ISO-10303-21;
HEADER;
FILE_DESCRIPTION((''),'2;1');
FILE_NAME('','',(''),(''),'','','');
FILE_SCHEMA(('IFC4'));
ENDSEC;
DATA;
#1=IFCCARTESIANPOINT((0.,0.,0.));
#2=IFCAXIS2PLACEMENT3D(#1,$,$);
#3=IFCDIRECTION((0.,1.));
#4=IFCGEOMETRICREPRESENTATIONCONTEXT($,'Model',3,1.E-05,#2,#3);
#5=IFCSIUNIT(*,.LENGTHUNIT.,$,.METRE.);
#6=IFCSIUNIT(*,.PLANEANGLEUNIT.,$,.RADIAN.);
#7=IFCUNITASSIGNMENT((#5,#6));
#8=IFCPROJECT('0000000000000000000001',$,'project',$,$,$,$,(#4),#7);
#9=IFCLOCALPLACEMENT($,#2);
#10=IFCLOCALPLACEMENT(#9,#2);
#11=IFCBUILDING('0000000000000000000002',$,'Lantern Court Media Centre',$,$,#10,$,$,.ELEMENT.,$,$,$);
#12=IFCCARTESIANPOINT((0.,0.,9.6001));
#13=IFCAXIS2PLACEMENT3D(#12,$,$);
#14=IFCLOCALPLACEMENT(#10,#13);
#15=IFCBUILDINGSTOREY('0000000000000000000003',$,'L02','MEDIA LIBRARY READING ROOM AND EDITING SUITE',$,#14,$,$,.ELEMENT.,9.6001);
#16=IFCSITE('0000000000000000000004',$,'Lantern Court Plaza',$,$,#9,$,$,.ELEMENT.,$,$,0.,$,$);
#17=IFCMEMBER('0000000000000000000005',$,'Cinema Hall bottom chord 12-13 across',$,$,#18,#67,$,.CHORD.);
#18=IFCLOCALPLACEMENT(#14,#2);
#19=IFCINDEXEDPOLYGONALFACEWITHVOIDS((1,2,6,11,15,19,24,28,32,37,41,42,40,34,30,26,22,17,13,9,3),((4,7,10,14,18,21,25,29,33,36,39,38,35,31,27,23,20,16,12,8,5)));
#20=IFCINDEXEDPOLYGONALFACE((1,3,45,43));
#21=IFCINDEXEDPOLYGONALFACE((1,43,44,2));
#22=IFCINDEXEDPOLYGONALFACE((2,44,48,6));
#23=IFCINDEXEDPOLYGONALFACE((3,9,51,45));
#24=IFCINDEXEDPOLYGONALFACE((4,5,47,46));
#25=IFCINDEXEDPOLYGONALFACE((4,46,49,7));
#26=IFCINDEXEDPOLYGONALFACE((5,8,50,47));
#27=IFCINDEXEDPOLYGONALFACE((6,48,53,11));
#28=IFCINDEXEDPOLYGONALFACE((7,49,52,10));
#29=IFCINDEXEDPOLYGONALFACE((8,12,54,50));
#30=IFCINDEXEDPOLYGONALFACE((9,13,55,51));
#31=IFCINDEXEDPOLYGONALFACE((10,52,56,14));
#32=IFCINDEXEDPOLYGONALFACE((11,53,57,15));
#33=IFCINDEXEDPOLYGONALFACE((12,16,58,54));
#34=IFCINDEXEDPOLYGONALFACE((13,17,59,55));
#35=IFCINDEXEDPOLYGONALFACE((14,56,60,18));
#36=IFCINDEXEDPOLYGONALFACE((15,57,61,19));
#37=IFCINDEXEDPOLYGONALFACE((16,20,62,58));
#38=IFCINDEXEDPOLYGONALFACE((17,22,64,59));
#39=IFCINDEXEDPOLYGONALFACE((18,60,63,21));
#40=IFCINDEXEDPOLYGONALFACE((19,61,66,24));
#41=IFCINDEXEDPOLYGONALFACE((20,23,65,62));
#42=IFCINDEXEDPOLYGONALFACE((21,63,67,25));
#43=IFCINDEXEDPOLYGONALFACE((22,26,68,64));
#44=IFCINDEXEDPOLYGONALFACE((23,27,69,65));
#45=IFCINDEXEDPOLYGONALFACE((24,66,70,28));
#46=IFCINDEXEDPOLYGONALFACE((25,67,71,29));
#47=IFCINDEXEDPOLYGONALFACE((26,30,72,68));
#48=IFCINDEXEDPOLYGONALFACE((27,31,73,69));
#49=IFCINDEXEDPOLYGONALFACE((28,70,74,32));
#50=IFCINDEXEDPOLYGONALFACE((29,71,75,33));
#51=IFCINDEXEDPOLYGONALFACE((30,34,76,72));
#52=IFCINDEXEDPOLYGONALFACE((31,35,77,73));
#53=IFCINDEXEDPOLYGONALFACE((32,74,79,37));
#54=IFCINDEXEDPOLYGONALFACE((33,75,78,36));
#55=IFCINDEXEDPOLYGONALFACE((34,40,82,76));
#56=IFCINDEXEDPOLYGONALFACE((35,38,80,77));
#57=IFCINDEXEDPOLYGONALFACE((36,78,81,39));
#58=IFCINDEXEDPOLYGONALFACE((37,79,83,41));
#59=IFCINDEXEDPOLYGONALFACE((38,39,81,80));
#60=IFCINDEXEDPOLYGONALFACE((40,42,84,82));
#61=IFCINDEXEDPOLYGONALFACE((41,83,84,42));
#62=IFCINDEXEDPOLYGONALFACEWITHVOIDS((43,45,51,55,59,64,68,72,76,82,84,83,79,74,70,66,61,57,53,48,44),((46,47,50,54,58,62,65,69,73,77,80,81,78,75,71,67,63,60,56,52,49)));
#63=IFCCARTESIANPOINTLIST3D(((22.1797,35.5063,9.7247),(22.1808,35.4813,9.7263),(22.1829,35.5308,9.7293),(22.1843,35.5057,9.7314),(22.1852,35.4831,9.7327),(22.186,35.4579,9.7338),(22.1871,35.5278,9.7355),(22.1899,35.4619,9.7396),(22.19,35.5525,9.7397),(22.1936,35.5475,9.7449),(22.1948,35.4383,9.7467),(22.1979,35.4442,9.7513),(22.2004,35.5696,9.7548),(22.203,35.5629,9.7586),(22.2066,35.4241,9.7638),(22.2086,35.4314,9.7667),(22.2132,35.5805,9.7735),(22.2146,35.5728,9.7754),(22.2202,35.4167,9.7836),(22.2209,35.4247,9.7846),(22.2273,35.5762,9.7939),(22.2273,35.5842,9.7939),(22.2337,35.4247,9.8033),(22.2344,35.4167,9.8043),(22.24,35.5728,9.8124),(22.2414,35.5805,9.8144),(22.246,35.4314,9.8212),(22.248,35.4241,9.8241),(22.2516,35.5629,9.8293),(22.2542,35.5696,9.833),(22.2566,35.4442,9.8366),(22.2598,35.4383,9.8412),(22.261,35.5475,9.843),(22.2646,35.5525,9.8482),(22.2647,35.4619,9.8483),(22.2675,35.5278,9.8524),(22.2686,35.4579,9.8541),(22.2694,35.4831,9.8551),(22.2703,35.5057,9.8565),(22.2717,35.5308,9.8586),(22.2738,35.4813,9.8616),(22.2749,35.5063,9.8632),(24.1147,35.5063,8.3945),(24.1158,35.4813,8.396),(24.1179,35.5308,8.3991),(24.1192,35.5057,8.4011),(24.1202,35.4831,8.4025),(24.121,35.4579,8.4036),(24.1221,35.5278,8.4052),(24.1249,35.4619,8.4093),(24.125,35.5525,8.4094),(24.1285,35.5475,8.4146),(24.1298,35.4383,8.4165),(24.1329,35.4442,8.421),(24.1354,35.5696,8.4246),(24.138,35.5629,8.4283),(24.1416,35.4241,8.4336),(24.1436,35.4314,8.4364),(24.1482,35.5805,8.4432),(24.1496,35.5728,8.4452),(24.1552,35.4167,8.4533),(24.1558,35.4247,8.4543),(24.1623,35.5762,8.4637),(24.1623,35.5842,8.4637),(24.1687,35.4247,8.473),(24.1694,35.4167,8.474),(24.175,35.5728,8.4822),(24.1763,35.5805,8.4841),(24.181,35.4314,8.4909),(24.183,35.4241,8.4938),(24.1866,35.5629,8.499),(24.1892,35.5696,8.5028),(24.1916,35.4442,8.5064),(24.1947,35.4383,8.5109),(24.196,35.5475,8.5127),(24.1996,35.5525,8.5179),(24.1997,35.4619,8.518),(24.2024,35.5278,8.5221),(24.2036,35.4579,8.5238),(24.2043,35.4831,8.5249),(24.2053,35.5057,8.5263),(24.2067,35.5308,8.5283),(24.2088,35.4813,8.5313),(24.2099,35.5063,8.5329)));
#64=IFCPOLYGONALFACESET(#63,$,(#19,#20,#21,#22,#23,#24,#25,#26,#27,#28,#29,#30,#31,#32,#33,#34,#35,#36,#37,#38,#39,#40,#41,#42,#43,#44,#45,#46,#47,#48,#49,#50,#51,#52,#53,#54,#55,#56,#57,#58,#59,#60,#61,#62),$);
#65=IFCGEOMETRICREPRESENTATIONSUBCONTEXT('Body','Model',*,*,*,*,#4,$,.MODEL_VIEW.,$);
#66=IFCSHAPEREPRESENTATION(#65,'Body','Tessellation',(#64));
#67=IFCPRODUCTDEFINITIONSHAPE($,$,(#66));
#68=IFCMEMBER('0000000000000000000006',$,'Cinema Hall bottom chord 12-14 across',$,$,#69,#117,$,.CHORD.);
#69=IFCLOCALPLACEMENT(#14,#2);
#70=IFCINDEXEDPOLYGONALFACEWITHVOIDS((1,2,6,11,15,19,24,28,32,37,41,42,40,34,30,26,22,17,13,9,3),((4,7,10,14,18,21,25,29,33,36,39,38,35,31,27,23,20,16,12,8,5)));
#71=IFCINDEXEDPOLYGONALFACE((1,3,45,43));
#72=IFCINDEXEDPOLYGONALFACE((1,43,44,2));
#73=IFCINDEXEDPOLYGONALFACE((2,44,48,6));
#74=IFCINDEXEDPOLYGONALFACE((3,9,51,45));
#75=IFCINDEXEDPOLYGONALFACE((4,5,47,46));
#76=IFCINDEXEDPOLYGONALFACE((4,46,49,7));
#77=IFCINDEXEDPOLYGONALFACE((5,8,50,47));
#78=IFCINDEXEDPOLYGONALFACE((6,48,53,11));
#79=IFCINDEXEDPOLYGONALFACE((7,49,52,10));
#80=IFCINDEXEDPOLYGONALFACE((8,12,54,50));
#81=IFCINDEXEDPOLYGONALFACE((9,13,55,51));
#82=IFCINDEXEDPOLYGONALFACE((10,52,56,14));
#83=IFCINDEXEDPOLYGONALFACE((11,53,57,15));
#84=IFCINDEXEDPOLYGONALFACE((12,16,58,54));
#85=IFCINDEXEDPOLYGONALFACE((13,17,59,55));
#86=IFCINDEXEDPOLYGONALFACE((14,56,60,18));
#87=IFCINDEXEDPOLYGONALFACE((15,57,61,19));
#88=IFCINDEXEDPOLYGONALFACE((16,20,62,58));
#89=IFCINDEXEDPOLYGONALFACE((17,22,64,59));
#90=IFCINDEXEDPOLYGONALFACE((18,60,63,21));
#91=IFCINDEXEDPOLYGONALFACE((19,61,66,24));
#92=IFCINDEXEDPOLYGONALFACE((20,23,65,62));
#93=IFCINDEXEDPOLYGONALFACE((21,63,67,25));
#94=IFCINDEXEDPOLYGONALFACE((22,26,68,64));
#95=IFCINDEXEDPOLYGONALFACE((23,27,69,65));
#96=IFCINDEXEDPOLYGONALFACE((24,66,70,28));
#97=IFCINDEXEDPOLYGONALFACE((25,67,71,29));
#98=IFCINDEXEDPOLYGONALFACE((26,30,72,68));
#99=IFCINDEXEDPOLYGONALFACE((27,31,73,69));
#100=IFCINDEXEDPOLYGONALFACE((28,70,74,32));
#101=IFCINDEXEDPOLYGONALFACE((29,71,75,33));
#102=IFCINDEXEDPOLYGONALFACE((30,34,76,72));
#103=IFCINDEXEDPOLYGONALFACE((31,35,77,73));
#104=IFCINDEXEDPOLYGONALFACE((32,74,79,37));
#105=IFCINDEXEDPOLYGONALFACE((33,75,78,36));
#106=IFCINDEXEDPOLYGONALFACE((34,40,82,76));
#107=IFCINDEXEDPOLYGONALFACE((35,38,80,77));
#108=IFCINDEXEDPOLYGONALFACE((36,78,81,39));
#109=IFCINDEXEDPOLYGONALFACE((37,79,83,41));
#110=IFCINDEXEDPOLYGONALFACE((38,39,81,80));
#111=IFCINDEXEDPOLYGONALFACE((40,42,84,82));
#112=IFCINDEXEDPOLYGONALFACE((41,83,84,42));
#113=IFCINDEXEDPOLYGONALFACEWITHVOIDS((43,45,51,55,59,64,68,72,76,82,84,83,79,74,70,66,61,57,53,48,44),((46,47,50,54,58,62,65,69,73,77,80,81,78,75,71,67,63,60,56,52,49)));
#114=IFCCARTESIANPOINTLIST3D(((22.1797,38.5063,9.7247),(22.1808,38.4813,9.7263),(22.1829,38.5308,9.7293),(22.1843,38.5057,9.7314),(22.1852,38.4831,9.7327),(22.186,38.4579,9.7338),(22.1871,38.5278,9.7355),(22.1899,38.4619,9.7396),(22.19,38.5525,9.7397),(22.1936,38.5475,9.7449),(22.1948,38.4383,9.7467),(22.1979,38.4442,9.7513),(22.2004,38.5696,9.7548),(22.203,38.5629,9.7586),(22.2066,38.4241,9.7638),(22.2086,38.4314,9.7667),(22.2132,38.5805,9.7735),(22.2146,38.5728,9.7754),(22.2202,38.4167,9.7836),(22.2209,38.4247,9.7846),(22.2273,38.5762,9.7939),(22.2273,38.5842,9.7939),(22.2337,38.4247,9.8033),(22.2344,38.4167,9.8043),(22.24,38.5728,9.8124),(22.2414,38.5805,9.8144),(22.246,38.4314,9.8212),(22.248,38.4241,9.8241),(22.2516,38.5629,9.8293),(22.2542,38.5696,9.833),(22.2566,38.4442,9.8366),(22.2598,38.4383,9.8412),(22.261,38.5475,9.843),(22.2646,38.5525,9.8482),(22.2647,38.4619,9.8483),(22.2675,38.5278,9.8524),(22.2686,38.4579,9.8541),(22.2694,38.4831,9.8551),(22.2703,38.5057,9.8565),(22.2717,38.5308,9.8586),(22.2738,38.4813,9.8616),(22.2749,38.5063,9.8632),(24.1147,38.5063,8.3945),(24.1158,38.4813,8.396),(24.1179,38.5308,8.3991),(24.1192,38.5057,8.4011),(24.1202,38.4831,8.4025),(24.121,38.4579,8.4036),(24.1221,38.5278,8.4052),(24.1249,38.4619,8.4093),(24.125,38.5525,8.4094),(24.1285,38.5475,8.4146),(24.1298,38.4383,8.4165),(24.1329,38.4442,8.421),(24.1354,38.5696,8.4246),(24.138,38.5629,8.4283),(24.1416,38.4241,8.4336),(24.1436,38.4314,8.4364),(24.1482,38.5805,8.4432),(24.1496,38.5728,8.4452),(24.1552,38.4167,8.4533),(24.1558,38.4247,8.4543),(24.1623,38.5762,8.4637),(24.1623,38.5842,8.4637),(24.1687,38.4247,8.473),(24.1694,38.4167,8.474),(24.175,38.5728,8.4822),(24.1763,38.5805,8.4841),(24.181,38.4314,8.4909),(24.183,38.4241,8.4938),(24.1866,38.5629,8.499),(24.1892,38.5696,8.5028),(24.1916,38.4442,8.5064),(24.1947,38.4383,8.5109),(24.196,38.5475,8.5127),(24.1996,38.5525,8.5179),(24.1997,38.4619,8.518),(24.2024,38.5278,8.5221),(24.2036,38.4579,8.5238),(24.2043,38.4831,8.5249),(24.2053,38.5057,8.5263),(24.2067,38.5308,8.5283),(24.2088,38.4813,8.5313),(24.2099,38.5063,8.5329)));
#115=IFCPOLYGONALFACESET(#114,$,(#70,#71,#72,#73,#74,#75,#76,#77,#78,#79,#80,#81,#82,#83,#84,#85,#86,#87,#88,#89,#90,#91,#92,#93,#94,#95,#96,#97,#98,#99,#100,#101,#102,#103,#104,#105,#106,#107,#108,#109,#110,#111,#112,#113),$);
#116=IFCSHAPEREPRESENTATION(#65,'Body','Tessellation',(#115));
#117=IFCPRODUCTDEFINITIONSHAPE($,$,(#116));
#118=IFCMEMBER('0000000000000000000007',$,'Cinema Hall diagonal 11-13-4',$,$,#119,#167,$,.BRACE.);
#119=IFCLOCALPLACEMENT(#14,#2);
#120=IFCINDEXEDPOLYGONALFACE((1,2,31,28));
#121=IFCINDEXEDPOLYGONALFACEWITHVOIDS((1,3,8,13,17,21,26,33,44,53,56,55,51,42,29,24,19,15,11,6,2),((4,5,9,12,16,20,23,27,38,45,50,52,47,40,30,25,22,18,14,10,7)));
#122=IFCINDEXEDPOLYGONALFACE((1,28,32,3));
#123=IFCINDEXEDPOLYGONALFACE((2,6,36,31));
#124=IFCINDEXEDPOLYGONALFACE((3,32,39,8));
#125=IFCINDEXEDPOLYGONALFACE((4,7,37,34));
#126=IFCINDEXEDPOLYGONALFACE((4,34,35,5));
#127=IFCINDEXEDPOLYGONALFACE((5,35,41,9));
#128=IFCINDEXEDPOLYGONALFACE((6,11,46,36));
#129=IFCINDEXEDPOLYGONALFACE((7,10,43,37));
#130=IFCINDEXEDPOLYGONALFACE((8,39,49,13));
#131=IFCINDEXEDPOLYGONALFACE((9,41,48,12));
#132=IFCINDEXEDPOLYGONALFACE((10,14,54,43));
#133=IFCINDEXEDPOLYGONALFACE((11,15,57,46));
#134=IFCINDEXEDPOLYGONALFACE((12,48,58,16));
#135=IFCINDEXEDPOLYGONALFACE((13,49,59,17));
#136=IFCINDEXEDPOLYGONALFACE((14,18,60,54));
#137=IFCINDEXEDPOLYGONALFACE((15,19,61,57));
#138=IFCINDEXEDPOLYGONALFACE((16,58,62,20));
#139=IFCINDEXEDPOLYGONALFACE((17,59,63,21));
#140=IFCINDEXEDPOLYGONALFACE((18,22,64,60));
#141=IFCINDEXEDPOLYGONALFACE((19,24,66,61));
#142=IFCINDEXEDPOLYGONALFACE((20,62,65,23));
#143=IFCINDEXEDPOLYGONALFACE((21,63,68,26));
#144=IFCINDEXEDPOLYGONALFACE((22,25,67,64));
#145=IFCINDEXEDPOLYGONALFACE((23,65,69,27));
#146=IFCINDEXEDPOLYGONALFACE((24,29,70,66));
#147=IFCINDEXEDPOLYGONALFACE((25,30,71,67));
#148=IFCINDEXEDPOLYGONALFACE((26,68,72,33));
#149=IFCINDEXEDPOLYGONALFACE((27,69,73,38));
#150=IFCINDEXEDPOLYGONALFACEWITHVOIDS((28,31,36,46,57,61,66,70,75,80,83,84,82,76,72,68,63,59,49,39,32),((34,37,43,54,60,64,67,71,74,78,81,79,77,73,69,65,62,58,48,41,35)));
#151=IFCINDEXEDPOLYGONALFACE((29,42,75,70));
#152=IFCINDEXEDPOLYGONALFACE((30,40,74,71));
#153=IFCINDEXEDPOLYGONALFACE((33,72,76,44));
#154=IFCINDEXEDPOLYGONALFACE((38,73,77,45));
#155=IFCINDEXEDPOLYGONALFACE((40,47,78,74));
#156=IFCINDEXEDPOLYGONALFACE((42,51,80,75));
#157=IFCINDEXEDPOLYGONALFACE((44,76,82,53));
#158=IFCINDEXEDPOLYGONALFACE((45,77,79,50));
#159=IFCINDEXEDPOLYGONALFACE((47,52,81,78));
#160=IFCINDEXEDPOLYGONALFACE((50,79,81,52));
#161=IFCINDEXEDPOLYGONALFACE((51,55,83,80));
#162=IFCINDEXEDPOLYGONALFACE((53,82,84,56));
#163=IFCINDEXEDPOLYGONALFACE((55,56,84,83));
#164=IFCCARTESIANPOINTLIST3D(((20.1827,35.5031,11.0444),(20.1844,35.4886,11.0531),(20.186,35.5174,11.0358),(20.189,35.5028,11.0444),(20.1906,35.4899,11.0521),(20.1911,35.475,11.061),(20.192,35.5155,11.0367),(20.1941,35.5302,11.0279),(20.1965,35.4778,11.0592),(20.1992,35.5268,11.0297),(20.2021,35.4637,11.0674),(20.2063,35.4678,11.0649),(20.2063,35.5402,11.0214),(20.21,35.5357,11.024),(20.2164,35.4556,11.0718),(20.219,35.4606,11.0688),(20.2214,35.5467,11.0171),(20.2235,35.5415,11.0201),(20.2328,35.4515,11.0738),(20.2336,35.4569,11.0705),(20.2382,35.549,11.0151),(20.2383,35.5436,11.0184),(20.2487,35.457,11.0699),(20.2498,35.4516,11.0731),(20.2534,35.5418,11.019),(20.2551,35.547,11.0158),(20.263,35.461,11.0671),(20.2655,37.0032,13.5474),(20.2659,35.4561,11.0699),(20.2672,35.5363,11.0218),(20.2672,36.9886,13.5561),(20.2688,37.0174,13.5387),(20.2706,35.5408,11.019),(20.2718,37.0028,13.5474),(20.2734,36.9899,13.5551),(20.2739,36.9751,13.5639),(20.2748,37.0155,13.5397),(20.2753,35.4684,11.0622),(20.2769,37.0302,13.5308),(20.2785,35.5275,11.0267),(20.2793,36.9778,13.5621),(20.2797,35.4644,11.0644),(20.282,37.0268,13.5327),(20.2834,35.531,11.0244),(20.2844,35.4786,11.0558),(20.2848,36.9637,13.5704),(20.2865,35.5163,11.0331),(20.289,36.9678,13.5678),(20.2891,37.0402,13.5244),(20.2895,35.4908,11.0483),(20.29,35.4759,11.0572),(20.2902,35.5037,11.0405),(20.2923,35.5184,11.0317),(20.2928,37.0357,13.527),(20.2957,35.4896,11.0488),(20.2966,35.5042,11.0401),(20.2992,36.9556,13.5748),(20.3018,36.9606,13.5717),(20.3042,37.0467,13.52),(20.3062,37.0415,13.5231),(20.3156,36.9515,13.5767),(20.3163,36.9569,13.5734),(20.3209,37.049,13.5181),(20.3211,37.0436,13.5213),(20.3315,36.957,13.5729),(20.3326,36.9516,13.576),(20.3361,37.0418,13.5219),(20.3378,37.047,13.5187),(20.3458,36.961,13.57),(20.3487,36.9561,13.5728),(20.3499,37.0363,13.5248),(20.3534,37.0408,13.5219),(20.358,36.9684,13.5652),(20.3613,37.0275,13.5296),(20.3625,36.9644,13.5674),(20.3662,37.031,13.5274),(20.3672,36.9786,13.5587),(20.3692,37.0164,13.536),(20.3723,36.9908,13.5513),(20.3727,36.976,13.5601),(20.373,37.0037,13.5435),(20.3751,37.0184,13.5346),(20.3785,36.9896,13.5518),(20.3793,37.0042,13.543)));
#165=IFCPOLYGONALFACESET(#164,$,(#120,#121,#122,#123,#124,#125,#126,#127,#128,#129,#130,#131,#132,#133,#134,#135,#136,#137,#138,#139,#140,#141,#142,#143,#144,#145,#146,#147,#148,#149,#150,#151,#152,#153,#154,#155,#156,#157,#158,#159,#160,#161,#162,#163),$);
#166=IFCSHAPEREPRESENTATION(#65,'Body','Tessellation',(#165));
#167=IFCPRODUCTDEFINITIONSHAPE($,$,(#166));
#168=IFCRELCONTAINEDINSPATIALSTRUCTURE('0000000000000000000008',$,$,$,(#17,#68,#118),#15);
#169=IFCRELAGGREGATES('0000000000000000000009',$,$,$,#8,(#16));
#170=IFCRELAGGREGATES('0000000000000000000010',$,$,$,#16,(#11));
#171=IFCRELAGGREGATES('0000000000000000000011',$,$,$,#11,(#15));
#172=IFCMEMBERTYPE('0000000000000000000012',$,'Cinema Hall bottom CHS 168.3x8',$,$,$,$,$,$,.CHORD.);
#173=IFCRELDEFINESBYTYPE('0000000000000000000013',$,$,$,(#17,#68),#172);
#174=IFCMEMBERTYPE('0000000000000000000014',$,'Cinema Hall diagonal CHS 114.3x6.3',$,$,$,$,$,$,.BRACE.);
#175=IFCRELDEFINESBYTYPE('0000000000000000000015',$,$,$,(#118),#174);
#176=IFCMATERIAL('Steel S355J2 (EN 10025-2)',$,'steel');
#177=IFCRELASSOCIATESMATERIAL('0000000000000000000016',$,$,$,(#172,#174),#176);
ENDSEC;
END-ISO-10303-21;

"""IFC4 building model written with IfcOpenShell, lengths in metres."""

from ifc_helpers import new_model, si_unit, direction, frame, origin, origin_2d, place, context, subcontext, project, spatial, hollow_circle, extrude, material, material_profile, profile_set, type_object, element, save


model = new_model("IFC4")

# Units and contexts
model_context = context("Model", 3, precision=1e-05, world=origin(), true_north=direction((0.0, 1.0)))
body_context = subcontext(model_context, "Body", "Model", "MODEL_VIEW")
ifc_project = project(units=[si_unit("LENGTHUNIT", "METRE"), si_unit("PLANEANGLEUNIT", "RADIAN")], contexts=[model_context])

# Site, building, storey
site_placement = place(None, origin())
site = spatial("IfcSite", under=ifc_project, at=site_placement, Name="Lantern Court Plaza", CompositionType="ELEMENT", RefElevation=0.0)
building_placement = place(site_placement, origin())
building = spatial("IfcBuilding", under=site, at=building_placement, Name="Lantern Court Media Centre", CompositionType="ELEMENT")
storey_placement = place(building_placement, frame((0.0, 0.0, 9.6001)))
storey = spatial("IfcBuildingStorey", under=building, at=storey_placement, Name="L02", Description="MEDIA LIBRARY READING ROOM AND EDITING SUITE", CompositionType="ELEMENT", Elevation=9.6001)

# Members
ifc_material = material(Name="Steel S355J2 (EN 10025-2)", Category="steel")
ifc_material_profile_1 = material_profile(ifc_material, hollow_circle(Radius=0.0842, WallThickness=0.0081, at=origin_2d()), Name="Cinema Hall bottom CHS 168.3x8")
ifc_profile_set_1 = profile_set([ifc_material_profile_1], Name="Steel S355J2 (EN 10025-2)")
member_type_1 = type_object("IfcMemberType", Name="Cinema Hall bottom CHS 168.3x8", PredefinedType="CHORD", material=ifc_profile_set_1)
for number, where, z_axis, x_axis, name in (
    (1, (22.2273, 35.5, 9.7939), (0.824048, 0.0, -0.56652), (0.0, 1.0, 0.0), "Cinema Hall bottom chord 12-13 across"),
    (2, (22.2273, 38.5, 9.7939), (0.824048, 0.0, -0.56652), (0.0, 1.0, 0.0), "Cinema Hall bottom chord 12-14 across"),
):
    element("IfcMember", number, at=place(storey_placement, frame(where, z_axis=z_axis, x_axis=x_axis)), inside=storey, type_object=member_type_1, Name=name, PredefinedType="CHORD", context=body_context, shape_type="SweptSolid", body=[
        extrude(hollow_circle(Radius=0.0842, WallThickness=0.0081, at=origin_2d()), origin(), (0.0, 0.0, 1.0), 2.3481),
    ])
ifc_material_profile_2 = material_profile(ifc_material, hollow_circle(Radius=0.0571, WallThickness=0.0063, at=origin_2d()), Name="Cinema Hall diagonal CHS 114.3x6.3")
ifc_profile_set_2 = profile_set([ifc_material_profile_2], Name="Steel S355J2 (EN 10025-2)")
member_type_2 = type_object("IfcMemberType", Name="Cinema Hall diagonal CHS 114.3x6.3", PredefinedType="BRACE", material=ifc_profile_set_2)
for number, where, z_axis, x_axis, name in (
    (3, (20.2397, 35.5, 11.0444), (0.028352, 0.513846, 0.857414), (-0.998481, 0.055092, 0.0), "Cinema Hall diagonal 11-13-4"),
):
    element("IfcMember", number, at=place(storey_placement, frame(where, z_axis=z_axis, x_axis=x_axis)), inside=storey, type_object=member_type_2, Name=name, PredefinedType="BRACE", context=body_context, shape_type="SweptSolid", body=[
        extrude(hollow_circle(Radius=0.0571, WallThickness=0.0063, at=origin_2d()), origin(), (0.0, 0.0, 1.0), 2.9192),
    ])

save(model, "model.ifc")
